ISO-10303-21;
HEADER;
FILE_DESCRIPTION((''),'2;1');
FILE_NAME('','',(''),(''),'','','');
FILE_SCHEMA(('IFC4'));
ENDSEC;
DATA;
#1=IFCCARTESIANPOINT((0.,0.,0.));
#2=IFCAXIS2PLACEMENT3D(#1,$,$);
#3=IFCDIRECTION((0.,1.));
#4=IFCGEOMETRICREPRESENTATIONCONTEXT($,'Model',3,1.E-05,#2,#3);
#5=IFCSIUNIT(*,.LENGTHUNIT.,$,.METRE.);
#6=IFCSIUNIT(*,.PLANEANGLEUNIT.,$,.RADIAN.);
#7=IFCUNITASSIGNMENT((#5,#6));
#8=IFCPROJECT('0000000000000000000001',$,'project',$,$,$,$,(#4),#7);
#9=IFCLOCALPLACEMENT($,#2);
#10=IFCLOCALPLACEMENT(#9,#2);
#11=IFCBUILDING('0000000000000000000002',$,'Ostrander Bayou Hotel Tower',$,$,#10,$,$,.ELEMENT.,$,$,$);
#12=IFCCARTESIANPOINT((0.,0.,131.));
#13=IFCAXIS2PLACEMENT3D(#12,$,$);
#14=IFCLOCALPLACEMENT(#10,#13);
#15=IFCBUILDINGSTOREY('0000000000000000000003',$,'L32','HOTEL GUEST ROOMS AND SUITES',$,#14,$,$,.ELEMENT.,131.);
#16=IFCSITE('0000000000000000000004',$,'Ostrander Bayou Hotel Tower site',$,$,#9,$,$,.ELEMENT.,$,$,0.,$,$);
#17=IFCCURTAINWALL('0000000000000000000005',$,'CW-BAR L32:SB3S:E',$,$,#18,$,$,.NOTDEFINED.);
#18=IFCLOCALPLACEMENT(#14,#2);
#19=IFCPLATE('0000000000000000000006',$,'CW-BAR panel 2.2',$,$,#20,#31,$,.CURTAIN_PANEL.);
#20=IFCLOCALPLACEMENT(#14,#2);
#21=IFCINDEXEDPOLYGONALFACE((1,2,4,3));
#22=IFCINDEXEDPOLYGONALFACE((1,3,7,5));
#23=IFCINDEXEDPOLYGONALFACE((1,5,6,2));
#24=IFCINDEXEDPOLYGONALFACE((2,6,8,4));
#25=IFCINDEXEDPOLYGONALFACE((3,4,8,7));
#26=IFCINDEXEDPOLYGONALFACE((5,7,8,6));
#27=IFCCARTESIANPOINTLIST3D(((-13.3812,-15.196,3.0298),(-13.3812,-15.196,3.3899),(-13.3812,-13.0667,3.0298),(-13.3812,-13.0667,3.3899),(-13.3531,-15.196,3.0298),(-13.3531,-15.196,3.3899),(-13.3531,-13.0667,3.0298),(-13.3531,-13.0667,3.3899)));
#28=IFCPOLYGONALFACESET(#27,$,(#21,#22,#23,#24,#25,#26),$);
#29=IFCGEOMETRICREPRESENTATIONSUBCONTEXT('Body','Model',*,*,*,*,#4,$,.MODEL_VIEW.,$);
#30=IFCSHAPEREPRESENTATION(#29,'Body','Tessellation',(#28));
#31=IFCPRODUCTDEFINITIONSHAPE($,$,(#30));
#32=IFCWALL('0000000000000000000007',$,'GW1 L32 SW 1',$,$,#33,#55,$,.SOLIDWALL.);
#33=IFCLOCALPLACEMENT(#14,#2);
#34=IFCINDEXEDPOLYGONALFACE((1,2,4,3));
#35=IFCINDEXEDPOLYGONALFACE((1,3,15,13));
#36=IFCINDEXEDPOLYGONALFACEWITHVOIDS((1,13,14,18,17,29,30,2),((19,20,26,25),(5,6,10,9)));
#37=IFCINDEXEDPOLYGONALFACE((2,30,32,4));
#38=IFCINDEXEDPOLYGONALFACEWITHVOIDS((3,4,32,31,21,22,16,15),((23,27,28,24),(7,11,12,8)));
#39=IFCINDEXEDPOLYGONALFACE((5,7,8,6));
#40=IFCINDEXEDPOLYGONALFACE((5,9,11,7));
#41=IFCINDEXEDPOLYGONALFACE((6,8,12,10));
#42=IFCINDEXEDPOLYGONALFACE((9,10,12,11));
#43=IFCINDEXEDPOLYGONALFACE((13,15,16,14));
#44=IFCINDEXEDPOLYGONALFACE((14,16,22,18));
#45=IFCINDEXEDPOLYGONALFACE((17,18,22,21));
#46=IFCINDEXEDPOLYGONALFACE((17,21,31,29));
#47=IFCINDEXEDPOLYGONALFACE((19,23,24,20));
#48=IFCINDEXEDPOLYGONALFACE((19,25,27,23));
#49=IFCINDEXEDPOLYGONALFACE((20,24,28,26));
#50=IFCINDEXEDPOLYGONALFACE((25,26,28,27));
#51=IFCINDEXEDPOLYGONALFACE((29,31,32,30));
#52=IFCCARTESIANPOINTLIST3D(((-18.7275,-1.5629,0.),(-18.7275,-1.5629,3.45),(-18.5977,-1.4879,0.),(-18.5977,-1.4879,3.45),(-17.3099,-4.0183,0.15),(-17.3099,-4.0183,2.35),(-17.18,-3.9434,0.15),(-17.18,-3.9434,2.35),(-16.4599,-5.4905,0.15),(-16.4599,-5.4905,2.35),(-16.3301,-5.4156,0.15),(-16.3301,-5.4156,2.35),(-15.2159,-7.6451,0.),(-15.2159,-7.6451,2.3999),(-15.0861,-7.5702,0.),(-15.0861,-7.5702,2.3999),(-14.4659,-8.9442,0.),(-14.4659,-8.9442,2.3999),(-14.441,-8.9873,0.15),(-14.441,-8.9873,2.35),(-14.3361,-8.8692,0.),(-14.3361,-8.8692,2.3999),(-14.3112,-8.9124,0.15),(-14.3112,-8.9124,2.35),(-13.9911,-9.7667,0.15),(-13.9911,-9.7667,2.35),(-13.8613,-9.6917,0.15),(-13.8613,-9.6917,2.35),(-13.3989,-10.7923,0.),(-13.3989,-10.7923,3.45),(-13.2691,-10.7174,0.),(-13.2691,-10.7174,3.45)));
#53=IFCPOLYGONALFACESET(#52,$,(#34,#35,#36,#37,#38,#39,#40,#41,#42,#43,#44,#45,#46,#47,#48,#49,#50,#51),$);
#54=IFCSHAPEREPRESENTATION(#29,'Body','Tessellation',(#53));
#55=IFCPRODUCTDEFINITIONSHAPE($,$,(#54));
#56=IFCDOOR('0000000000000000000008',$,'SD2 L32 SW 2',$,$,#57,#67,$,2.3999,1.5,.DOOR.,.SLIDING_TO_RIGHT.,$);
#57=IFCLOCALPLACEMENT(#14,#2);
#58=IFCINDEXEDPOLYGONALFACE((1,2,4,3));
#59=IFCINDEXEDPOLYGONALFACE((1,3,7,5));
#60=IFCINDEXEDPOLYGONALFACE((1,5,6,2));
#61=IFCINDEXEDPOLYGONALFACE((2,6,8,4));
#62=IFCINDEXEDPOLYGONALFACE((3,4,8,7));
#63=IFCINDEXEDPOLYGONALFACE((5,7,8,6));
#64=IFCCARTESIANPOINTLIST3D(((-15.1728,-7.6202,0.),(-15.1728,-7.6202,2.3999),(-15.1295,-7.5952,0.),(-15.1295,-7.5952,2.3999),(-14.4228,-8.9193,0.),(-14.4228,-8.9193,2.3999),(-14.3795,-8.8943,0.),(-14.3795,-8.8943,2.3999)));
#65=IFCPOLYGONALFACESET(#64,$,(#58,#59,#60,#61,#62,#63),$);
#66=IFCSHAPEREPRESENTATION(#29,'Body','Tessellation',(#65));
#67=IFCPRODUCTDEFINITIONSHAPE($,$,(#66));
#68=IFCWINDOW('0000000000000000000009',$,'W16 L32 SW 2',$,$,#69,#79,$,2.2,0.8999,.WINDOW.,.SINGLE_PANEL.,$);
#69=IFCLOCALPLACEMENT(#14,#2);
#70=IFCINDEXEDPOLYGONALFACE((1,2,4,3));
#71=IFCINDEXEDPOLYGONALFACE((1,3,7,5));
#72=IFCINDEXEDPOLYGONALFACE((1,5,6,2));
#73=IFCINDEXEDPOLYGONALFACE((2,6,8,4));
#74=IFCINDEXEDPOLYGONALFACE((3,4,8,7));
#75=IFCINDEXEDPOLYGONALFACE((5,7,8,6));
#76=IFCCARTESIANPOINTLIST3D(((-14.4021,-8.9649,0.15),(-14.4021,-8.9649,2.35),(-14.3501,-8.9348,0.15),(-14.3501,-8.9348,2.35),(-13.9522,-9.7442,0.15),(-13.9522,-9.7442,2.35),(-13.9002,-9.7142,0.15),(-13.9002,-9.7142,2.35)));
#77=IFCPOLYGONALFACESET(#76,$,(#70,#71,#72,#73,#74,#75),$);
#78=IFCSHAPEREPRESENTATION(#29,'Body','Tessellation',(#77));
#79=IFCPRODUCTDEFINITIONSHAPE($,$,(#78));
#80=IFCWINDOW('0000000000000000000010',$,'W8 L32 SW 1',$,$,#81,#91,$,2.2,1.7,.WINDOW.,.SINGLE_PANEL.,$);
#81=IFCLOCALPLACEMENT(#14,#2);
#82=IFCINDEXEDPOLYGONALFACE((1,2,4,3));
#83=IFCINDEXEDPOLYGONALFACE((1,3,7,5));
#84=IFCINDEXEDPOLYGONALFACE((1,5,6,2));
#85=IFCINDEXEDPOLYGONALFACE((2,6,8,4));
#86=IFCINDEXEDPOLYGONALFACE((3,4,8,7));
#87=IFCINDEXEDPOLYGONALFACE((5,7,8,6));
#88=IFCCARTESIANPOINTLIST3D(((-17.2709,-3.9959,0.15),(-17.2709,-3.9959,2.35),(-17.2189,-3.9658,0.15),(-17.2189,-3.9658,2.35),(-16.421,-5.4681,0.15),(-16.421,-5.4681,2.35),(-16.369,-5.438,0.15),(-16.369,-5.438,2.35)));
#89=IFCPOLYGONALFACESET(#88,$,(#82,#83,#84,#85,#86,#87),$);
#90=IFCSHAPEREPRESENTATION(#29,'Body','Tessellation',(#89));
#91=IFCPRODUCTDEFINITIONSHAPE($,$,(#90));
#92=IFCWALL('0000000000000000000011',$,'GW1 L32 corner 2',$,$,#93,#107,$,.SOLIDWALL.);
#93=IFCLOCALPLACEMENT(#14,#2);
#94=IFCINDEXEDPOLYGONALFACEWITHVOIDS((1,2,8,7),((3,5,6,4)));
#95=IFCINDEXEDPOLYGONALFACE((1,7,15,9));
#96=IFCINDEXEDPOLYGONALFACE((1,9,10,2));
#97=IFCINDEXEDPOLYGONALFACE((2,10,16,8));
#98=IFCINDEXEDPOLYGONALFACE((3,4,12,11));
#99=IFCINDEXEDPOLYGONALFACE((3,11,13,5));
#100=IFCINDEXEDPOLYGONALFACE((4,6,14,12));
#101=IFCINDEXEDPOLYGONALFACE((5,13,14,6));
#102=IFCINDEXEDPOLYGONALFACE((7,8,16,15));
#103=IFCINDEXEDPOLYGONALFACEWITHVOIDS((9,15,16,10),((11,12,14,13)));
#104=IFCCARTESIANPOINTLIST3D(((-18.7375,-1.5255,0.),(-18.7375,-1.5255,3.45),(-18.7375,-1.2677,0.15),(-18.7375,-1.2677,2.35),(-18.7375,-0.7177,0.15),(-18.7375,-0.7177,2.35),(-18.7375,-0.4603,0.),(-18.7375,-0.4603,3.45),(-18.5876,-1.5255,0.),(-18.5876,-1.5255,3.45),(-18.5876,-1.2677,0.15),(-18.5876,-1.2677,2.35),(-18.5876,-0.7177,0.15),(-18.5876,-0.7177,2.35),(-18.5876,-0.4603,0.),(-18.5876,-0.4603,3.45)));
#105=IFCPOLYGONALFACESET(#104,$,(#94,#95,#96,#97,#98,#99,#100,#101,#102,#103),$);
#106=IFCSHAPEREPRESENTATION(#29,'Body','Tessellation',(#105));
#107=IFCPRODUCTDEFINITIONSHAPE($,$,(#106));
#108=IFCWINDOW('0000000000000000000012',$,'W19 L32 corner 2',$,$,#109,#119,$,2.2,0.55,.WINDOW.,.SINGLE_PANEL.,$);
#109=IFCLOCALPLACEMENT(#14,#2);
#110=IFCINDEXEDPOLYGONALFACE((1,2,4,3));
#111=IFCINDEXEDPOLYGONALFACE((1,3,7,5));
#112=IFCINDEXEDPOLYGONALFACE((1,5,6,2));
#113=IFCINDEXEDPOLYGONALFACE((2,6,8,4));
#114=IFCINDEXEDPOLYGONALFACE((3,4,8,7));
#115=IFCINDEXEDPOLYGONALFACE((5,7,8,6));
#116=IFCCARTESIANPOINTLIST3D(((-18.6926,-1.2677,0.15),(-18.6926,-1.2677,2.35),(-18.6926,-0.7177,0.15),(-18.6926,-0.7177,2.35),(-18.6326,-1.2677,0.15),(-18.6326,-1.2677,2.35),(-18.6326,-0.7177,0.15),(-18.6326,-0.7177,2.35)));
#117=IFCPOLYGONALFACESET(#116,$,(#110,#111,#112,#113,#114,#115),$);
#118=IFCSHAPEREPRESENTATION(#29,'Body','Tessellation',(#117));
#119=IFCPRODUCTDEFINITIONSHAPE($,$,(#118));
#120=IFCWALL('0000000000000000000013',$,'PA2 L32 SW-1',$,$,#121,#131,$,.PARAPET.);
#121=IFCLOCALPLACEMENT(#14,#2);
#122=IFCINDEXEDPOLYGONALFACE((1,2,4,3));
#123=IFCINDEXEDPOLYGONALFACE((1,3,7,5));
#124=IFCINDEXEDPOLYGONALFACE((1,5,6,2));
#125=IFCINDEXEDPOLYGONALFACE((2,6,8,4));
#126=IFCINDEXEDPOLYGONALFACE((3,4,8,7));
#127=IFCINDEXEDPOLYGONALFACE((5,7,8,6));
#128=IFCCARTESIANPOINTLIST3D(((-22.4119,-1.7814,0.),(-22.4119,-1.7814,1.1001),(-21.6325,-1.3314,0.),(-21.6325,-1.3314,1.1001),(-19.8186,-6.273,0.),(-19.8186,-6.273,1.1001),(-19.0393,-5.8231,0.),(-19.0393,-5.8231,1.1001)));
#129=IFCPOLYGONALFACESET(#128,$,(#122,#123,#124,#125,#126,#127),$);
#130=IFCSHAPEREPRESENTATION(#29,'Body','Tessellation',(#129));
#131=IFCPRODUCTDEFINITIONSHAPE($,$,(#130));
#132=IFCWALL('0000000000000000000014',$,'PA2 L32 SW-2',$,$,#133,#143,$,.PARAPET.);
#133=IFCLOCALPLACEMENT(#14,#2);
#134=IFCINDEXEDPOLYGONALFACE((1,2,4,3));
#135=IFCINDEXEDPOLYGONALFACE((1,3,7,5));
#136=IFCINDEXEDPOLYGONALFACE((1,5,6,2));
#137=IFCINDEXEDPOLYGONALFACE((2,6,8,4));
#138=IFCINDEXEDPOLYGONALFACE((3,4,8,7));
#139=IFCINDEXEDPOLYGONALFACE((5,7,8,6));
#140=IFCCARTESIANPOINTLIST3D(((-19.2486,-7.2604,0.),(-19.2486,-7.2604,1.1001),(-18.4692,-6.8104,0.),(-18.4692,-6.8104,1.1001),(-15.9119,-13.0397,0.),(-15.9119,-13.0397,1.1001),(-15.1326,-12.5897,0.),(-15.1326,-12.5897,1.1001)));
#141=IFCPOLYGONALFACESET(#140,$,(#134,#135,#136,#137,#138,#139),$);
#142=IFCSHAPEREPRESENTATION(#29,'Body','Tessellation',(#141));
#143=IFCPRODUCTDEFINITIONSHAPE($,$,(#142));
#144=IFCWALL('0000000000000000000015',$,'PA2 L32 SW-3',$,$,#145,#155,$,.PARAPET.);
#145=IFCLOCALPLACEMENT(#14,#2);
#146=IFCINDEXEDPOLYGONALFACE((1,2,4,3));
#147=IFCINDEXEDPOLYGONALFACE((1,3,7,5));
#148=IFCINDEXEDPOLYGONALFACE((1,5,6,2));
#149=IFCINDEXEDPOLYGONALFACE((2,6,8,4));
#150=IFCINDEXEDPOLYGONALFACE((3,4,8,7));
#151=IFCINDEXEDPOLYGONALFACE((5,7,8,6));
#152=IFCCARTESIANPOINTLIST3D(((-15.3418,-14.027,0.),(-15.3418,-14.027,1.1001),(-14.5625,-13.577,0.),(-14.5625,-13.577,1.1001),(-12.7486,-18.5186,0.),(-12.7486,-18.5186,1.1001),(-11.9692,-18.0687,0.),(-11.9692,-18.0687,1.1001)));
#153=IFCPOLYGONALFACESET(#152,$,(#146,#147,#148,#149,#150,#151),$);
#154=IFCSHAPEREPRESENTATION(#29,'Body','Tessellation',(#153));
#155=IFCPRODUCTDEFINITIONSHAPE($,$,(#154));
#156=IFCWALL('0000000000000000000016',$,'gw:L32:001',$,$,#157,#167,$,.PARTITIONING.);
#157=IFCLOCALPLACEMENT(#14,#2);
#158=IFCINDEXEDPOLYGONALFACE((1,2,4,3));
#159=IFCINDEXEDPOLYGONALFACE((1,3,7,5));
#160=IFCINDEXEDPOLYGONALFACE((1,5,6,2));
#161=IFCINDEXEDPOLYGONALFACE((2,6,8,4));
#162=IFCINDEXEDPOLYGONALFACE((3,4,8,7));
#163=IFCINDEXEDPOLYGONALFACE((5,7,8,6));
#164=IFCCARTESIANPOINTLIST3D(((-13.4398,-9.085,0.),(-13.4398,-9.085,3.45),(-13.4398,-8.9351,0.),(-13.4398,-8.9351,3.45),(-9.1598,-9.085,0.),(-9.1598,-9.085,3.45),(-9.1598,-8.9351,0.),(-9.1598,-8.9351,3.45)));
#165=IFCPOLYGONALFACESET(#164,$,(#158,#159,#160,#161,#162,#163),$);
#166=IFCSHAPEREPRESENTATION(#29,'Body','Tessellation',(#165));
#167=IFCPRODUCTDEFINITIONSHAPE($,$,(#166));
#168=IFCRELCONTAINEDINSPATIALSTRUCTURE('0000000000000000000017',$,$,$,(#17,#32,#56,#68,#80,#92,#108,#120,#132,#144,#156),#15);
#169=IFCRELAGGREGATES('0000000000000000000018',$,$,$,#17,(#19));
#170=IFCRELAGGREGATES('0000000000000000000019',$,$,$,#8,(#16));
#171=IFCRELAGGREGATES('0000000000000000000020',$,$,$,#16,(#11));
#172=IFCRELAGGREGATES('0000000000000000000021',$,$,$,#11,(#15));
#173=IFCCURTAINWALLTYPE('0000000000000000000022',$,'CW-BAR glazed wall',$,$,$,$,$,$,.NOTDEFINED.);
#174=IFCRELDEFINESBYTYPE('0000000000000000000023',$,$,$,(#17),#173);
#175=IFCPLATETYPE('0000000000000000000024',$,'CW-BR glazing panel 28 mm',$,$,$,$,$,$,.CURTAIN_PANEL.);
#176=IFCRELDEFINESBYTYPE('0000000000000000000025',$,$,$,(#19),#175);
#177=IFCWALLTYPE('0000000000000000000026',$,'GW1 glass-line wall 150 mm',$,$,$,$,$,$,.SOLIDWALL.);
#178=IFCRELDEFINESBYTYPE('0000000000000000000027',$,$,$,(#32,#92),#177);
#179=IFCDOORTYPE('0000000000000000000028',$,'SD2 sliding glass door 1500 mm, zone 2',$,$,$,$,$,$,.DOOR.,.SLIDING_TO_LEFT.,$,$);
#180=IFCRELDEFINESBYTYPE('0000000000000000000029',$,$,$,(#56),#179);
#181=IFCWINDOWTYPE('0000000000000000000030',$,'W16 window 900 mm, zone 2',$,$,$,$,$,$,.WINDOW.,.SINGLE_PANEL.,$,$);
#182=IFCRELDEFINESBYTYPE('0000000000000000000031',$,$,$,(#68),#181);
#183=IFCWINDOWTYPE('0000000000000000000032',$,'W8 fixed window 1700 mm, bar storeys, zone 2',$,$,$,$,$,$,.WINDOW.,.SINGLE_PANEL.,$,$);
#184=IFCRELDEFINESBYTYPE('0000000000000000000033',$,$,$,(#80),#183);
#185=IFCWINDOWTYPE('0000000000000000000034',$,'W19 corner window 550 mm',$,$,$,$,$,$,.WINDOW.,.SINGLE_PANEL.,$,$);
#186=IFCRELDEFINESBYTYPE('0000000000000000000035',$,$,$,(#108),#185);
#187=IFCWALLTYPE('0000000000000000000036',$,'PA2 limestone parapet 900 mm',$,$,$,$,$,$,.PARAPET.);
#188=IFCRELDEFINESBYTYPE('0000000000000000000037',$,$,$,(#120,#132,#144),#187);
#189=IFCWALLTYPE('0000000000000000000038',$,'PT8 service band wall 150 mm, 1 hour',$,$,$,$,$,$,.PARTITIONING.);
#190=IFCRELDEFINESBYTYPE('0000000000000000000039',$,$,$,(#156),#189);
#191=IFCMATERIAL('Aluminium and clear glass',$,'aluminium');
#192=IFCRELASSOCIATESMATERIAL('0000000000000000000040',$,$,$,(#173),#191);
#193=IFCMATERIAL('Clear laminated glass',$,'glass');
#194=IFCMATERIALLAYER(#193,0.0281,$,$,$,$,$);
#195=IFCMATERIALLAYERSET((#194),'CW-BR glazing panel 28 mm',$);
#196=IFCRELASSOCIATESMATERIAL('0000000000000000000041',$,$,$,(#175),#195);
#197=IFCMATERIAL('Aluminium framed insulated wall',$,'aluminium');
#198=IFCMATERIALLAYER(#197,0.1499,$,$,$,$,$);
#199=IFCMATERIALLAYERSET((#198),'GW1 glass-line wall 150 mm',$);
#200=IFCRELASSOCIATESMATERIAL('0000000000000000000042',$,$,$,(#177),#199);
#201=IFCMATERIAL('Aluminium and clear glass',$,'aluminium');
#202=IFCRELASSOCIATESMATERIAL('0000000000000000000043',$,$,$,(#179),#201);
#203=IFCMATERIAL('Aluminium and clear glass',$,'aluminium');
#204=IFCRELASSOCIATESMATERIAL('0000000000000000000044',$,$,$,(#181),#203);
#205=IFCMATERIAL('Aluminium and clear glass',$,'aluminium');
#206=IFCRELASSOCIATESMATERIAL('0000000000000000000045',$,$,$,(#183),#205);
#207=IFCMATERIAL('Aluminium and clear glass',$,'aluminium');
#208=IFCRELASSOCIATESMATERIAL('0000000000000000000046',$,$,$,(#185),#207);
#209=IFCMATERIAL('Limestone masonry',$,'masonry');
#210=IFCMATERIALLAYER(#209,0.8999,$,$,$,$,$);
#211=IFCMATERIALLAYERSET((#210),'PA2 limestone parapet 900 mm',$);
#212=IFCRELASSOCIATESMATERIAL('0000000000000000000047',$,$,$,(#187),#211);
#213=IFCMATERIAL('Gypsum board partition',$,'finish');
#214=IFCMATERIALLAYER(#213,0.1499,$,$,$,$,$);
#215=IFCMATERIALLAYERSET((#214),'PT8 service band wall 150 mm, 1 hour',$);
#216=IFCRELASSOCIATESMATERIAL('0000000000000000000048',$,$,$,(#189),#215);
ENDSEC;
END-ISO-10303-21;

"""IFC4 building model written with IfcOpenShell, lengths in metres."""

from ifc_helpers import new_model, si_unit, direction, frame, frame_2d, origin, origin_2d, place, context, subcontext, project, spatial, rectangle, extrude, material, layer, layer_set, type_object, element, fill, aggregate, save


model = new_model("IFC4")

# Units and contexts
model_context = context("Model", 3, precision=1e-05, world=origin(), true_north=direction((0.0, 1.0)))
body_context = subcontext(model_context, "Body", "Model", "MODEL_VIEW")
ifc_project = project(units=[si_unit("LENGTHUNIT", "METRE"), si_unit("PLANEANGLEUNIT", "RADIAN")], contexts=[model_context])

# Site, building, storey
site_placement = place(None, origin())
site = spatial("IfcSite", under=ifc_project, at=site_placement, Name="Ostrander Bayou Hotel Tower site", CompositionType="ELEMENT", RefElevation=0.0)
building_placement = place(site_placement, origin())
building = spatial("IfcBuilding", under=site, at=building_placement, Name="Ostrander Bayou Hotel Tower", CompositionType="ELEMENT")
storey_placement = place(building_placement, frame((0.0, 0.0, 131.0)))
storey = spatial("IfcBuildingStorey", under=building, at=storey_placement, Name="L32", Description="HOTEL GUEST ROOMS AND SUITES", CompositionType="ELEMENT", Elevation=131.0)

# Curtain wall
ifc_material_1 = material(Name="Aluminium and clear glass", Category="aluminium")
curtain_wall_type = type_object("IfcCurtainWallType", Name="CW-BAR glazed wall", PredefinedType="NOTDEFINED", material=ifc_material_1)
curtain_wall_placement = place(storey_placement, origin())
curtain_wall = element("IfcCurtainWall", 1, at=curtain_wall_placement, inside=storey, type_object=curtain_wall_type, Name="CW-BAR L32:SB3S:E", PredefinedType="NOTDEFINED")

# Plate
ifc_material_2 = material(Name="Clear laminated glass", Category="glass")
ifc_layer_1 = layer(ifc_material_2, 0.0281)
ifc_layer_set_1 = layer_set([ifc_layer_1], Name="CW-BR glazing panel 28 mm")
plate_type = type_object("IfcPlateType", Name="CW-BR glazing panel 28 mm", PredefinedType="CURTAIN_PANEL", material=ifc_layer_set_1)
plate_placement = place(storey_placement, frame((-13.3672, -14.1313, 3.0298), z_axis=(0.0, 0.0, 1.0), x_axis=(0.0, -1.0, 0.0)))
plate = element("IfcPlate", 2, at=plate_placement, type_object=plate_type, Name="CW-BAR panel 2.2", PredefinedType="CURTAIN_PANEL", context=body_context, shape_type="SweptSolid", body=[
    extrude(rectangle(XDim=2.1294, YDim=0.0281, at=origin_2d()), origin(), (0.0, 0.0, 1.0), 0.3601),
])
aggregate(curtain_wall, [plate])

# Wall, openings, door, windows
ifc_material_3 = material(Name="Aluminium framed insulated wall", Category="aluminium")
ifc_layer_2 = layer(ifc_material_3, 0.1499)
ifc_layer_set_2 = layer_set([ifc_layer_2], Name="GW1 glass-line wall 150 mm")
wall_type_1 = type_object("IfcWallType", Name="GW1 glass-line wall 150 mm", PredefinedType="SOLIDWALL", material=ifc_layer_set_2)
wall_1_placement = place(storey_placement, frame((-18.6626, -1.5254, 0.0), z_axis=(0.0, 0.0, 1.0), x_axis=(0.499997, -0.866027, 0.0)))
wall_1 = element("IfcWall", 3, at=wall_1_placement, inside=storey, type_object=wall_type_1, Name="GW1 L32 SW 1", PredefinedType="SOLIDWALL", context=body_context, shape_type="SweptSolid", body=[
    extrude(rectangle(XDim=10.6572, YDim=0.1499, at=frame_2d((5.3286, 0.0))), origin(), (0.0, 0.0, 1.0), 3.45),
])
opening_1_placement = place(wall_1_placement, frame((2.8352, 0.0, 0.1499)))
opening_1 = element("IfcOpeningElement", 4, at=opening_1_placement, cuts=wall_1, PredefinedType="OPENING", context=body_context, shape_type="SweptSolid", body=[
    extrude(rectangle(XDim=1.7, YDim=2.2, at=frame_2d((0.8501, 1.1001))), frame((0.0, 0.075, 0.0), z_axis=(0.0, -1.0, 0.0), x_axis=(1.0, 0.0, 0.0)), (0.0, 0.0, 1.0), 0.1499),
])
opening_2_placement = place(wall_1_placement, frame((8.573, 0.0, 0.1499)))
opening_2 = element("IfcOpeningElement", 5, at=opening_2_placement, cuts=wall_1, PredefinedType="OPENING", context=body_context, shape_type="SweptSolid", body=[
    extrude(rectangle(XDim=0.8999, YDim=2.2, at=frame_2d((0.45, 1.1001))), frame((0.0, 0.075, 0.0), z_axis=(0.0, -1.0, 0.0), x_axis=(1.0, 0.0, 0.0)), (0.0, 0.0, 1.0), 0.1499),
])
opening_3_placement = place(wall_1_placement, frame((7.0232, 0.0, 0.0)))
opening_3 = element("IfcOpeningElement", 6, at=opening_3_placement, cuts=wall_1, PredefinedType="OPENING", context=body_context, shape_type="SweptSolid", body=[
    extrude(rectangle(XDim=1.5, YDim=2.3999, at=frame_2d((0.75, 1.2))), frame((0.0, 0.075, 0.0), z_axis=(0.0, -1.0, 0.0), x_axis=(1.0, 0.0, 0.0)), (0.0, 0.0, 1.0), 0.1499),
])
ifc_material_4 = material(Name="Aluminium and clear glass", Category="aluminium")
door_type_1 = type_object("IfcDoorType", Name="SD2 sliding glass door 1500 mm, zone 2", OperationType="SLIDING_TO_LEFT", PredefinedType="DOOR", material=ifc_material_4)
door_1_placement = place(opening_3_placement, origin())
door_1 = element("IfcDoor", 7, at=door_1_placement, inside=storey, type_object=door_type_1, Name="SD2 L32 SW 2", OperationType="SLIDING_TO_RIGHT", OverallHeight=2.3999, OverallWidth=1.5, PredefinedType="DOOR", context=body_context, shape_type="SweptSolid", body=[
    extrude(rectangle(XDim=1.5, YDim=2.3999, at=frame_2d((0.75, 1.2))), frame((0.0, 0.0249, 0.0), z_axis=(0.0, -1.0, 0.0), x_axis=(1.0, 0.0, 0.0)), (0.0, 0.0, 1.0), 0.05),
])
fill(opening_3, door_1)
ifc_material_5 = material(Name="Aluminium and clear glass", Category="aluminium")
window_type_1 = type_object("IfcWindowType", Name="W16 window 900 mm, zone 2", PartitioningType="SINGLE_PANEL", PredefinedType="WINDOW", material=ifc_material_5)
window_1_placement = place(opening_2_placement, origin())
window_1 = element("IfcWindow", 8, at=window_1_placement, inside=storey, type_object=window_type_1, Name="W16 L32 SW 2", OverallHeight=2.2, OverallWidth=0.8999, PartitioningType="SINGLE_PANEL", PredefinedType="WINDOW", context=body_context, shape_type="SweptSolid", body=[
    extrude(rectangle(XDim=0.8999, YDim=2.2, at=frame_2d((0.45, 1.1001))), frame((0.0, 0.03, 0.0), z_axis=(0.0, -1.0, 0.0), x_axis=(1.0, 0.0, 0.0)), (0.0, 0.0, 1.0), 0.0601),
])
fill(opening_2, window_1)
ifc_material_6 = material(Name="Aluminium and clear glass", Category="aluminium")
window_type_2 = type_object("IfcWindowType", Name="W8 fixed window 1700 mm, bar storeys, zone 2", PartitioningType="SINGLE_PANEL", PredefinedType="WINDOW", material=ifc_material_6)
window_2_placement = place(opening_1_placement, origin())
window_2 = element("IfcWindow", 9, at=window_2_placement, inside=storey, type_object=window_type_2, Name="W8 L32 SW 1", OverallHeight=2.2, OverallWidth=1.7, PartitioningType="SINGLE_PANEL", PredefinedType="WINDOW", context=body_context, shape_type="SweptSolid", body=[
    extrude(rectangle(XDim=1.7, YDim=2.2, at=frame_2d((0.8501, 1.1001))), frame((0.0, 0.03, 0.0), z_axis=(0.0, -1.0, 0.0), x_axis=(1.0, 0.0, 0.0)), (0.0, 0.0, 1.0), 0.0601),
])
fill(opening_1, window_2)

# Wall, opening, window
wall_2_placement = place(storey_placement, frame((-18.6626, -0.4602, 0.0), z_axis=(0.0, 0.0, 1.0), x_axis=(0.0, -1.0, 0.0)))
wall_2 = element("IfcWall", 10, at=wall_2_placement, inside=storey, type_object=wall_type_1, Name="GW1 L32 corner 2", PredefinedType="SOLIDWALL", context=body_context, shape_type="SweptSolid", body=[
    extrude(rectangle(XDim=1.0652, YDim=0.1499, at=frame_2d((0.5327, 0.0))), origin(), (0.0, 0.0, 1.0), 3.45),
])
opening_4_placement = place(wall_2_placement, frame((0.2576, 0.0, 0.1499)))
opening_4 = element("IfcOpeningElement", 11, at=opening_4_placement, cuts=wall_2, PredefinedType="OPENING", context=body_context, shape_type="SweptSolid", body=[
    extrude(rectangle(XDim=0.55, YDim=2.2, at=frame_2d((0.2749, 1.1001))), frame((0.0, 0.075, 0.0), z_axis=(0.0, -1.0, 0.0), x_axis=(1.0, 0.0, 0.0)), (0.0, 0.0, 1.0), 0.1499),
])
ifc_material_7 = material(Name="Aluminium and clear glass", Category="aluminium")
window_type_3 = type_object("IfcWindowType", Name="W19 corner window 550 mm", PartitioningType="SINGLE_PANEL", PredefinedType="WINDOW", material=ifc_material_7)
window_3_placement = place(opening_4_placement, origin())
window_3 = element("IfcWindow", 12, at=window_3_placement, inside=storey, type_object=window_type_3, Name="W19 L32 corner 2", OverallHeight=2.2, OverallWidth=0.55, PartitioningType="SINGLE_PANEL", PredefinedType="WINDOW", context=body_context, shape_type="SweptSolid", body=[
    extrude(rectangle(XDim=0.55, YDim=2.2, at=frame_2d((0.2749, 1.1001))), frame((0.0, 0.03, 0.0), z_axis=(0.0, -1.0, 0.0), x_axis=(1.0, 0.0, 0.0)), (0.0, 0.0, 1.0), 0.0601),
])
fill(opening_4, window_3)

# Walls
ifc_material_8 = material(Name="Limestone masonry", Category="masonry")
ifc_layer_3 = layer(ifc_material_8, 0.8999)
ifc_layer_set_3 = layer_set([ifc_layer_3], Name="PA2 limestone parapet 900 mm")
wall_type_2 = type_object("IfcWallType", Name="PA2 limestone parapet 900 mm", PredefinedType="PARAPET", material=ifc_layer_set_3)
wall_3_placement = place(storey_placement, frame((-22.0222, -1.5564, 0.0), z_axis=(0.0, 0.0, 1.0), x_axis=(0.499997, -0.866027, 0.0)))
element("IfcWall", 13, at=wall_3_placement, inside=storey, type_object=wall_type_2, Name="PA2 L32 SW-1", PredefinedType="PARAPET", context=body_context, shape_type="SweptSolid", body=[
    extrude(rectangle(XDim=5.1865, YDim=0.8999, at=frame_2d((2.5933, 0.0))), origin(), (0.0, 0.0, 1.0), 1.1001),
])
wall_4_placement = place(storey_placement, frame((-18.8589, -7.0354, 0.0), z_axis=(0.0, 0.0, 1.0), x_axis=(0.499999, -0.866026, 0.0)))
element("IfcWall", 14, at=wall_4_placement, inside=storey, type_object=wall_type_2, Name="PA2 L32 SW-2", PredefinedType="PARAPET", context=body_context, shape_type="SweptSolid", body=[
    extrude(rectangle(XDim=6.6733, YDim=0.8999, at=frame_2d((3.3367, 0.0))), origin(), (0.0, 0.0, 1.0), 1.1001),
])
wall_5_placement = place(storey_placement, frame((-14.9521, -13.802, 0.0), z_axis=(0.0, 0.0, 1.0), x_axis=(0.499997, -0.866027, 0.0)))
element("IfcWall", 15, at=wall_5_placement, inside=storey, type_object=wall_type_2, Name="PA2 L32 SW-3", PredefinedType="PARAPET", context=body_context, shape_type="SweptSolid", body=[
    extrude(rectangle(XDim=5.1865, YDim=0.8999, at=frame_2d((2.5933, 0.0))), origin(), (0.0, 0.0, 1.0), 1.1001),
])
ifc_material_9 = material(Name="Gypsum board partition", Category="finish")
ifc_layer_4 = layer(ifc_material_9, 0.1499)
ifc_layer_set_4 = layer_set([ifc_layer_4], Name="PT8 service band wall 150 mm, 1 hour")
wall_type_3 = type_object("IfcWallType", Name="PT8 service band wall 150 mm, 1 hour", PredefinedType="PARTITIONING", material=ifc_layer_set_4)
wall_6_placement = place(storey_placement, frame((-13.4399, -9.01, 0.0), z_axis=(0.0, 0.0, 1.0), x_axis=(1.0, 0.0, 0.0)))
element("IfcWall", 16, at=wall_6_placement, inside=storey, type_object=wall_type_3, Name="gw:L32:001", PredefinedType="PARTITIONING", context=body_context, shape_type="SweptSolid", body=[
    extrude(rectangle(XDim=4.28, YDim=0.1499, at=frame_2d((2.1401, 0.0))), origin(), (0.0, 0.0, 1.0), 3.45),
])

save(model, "model.ifc")
